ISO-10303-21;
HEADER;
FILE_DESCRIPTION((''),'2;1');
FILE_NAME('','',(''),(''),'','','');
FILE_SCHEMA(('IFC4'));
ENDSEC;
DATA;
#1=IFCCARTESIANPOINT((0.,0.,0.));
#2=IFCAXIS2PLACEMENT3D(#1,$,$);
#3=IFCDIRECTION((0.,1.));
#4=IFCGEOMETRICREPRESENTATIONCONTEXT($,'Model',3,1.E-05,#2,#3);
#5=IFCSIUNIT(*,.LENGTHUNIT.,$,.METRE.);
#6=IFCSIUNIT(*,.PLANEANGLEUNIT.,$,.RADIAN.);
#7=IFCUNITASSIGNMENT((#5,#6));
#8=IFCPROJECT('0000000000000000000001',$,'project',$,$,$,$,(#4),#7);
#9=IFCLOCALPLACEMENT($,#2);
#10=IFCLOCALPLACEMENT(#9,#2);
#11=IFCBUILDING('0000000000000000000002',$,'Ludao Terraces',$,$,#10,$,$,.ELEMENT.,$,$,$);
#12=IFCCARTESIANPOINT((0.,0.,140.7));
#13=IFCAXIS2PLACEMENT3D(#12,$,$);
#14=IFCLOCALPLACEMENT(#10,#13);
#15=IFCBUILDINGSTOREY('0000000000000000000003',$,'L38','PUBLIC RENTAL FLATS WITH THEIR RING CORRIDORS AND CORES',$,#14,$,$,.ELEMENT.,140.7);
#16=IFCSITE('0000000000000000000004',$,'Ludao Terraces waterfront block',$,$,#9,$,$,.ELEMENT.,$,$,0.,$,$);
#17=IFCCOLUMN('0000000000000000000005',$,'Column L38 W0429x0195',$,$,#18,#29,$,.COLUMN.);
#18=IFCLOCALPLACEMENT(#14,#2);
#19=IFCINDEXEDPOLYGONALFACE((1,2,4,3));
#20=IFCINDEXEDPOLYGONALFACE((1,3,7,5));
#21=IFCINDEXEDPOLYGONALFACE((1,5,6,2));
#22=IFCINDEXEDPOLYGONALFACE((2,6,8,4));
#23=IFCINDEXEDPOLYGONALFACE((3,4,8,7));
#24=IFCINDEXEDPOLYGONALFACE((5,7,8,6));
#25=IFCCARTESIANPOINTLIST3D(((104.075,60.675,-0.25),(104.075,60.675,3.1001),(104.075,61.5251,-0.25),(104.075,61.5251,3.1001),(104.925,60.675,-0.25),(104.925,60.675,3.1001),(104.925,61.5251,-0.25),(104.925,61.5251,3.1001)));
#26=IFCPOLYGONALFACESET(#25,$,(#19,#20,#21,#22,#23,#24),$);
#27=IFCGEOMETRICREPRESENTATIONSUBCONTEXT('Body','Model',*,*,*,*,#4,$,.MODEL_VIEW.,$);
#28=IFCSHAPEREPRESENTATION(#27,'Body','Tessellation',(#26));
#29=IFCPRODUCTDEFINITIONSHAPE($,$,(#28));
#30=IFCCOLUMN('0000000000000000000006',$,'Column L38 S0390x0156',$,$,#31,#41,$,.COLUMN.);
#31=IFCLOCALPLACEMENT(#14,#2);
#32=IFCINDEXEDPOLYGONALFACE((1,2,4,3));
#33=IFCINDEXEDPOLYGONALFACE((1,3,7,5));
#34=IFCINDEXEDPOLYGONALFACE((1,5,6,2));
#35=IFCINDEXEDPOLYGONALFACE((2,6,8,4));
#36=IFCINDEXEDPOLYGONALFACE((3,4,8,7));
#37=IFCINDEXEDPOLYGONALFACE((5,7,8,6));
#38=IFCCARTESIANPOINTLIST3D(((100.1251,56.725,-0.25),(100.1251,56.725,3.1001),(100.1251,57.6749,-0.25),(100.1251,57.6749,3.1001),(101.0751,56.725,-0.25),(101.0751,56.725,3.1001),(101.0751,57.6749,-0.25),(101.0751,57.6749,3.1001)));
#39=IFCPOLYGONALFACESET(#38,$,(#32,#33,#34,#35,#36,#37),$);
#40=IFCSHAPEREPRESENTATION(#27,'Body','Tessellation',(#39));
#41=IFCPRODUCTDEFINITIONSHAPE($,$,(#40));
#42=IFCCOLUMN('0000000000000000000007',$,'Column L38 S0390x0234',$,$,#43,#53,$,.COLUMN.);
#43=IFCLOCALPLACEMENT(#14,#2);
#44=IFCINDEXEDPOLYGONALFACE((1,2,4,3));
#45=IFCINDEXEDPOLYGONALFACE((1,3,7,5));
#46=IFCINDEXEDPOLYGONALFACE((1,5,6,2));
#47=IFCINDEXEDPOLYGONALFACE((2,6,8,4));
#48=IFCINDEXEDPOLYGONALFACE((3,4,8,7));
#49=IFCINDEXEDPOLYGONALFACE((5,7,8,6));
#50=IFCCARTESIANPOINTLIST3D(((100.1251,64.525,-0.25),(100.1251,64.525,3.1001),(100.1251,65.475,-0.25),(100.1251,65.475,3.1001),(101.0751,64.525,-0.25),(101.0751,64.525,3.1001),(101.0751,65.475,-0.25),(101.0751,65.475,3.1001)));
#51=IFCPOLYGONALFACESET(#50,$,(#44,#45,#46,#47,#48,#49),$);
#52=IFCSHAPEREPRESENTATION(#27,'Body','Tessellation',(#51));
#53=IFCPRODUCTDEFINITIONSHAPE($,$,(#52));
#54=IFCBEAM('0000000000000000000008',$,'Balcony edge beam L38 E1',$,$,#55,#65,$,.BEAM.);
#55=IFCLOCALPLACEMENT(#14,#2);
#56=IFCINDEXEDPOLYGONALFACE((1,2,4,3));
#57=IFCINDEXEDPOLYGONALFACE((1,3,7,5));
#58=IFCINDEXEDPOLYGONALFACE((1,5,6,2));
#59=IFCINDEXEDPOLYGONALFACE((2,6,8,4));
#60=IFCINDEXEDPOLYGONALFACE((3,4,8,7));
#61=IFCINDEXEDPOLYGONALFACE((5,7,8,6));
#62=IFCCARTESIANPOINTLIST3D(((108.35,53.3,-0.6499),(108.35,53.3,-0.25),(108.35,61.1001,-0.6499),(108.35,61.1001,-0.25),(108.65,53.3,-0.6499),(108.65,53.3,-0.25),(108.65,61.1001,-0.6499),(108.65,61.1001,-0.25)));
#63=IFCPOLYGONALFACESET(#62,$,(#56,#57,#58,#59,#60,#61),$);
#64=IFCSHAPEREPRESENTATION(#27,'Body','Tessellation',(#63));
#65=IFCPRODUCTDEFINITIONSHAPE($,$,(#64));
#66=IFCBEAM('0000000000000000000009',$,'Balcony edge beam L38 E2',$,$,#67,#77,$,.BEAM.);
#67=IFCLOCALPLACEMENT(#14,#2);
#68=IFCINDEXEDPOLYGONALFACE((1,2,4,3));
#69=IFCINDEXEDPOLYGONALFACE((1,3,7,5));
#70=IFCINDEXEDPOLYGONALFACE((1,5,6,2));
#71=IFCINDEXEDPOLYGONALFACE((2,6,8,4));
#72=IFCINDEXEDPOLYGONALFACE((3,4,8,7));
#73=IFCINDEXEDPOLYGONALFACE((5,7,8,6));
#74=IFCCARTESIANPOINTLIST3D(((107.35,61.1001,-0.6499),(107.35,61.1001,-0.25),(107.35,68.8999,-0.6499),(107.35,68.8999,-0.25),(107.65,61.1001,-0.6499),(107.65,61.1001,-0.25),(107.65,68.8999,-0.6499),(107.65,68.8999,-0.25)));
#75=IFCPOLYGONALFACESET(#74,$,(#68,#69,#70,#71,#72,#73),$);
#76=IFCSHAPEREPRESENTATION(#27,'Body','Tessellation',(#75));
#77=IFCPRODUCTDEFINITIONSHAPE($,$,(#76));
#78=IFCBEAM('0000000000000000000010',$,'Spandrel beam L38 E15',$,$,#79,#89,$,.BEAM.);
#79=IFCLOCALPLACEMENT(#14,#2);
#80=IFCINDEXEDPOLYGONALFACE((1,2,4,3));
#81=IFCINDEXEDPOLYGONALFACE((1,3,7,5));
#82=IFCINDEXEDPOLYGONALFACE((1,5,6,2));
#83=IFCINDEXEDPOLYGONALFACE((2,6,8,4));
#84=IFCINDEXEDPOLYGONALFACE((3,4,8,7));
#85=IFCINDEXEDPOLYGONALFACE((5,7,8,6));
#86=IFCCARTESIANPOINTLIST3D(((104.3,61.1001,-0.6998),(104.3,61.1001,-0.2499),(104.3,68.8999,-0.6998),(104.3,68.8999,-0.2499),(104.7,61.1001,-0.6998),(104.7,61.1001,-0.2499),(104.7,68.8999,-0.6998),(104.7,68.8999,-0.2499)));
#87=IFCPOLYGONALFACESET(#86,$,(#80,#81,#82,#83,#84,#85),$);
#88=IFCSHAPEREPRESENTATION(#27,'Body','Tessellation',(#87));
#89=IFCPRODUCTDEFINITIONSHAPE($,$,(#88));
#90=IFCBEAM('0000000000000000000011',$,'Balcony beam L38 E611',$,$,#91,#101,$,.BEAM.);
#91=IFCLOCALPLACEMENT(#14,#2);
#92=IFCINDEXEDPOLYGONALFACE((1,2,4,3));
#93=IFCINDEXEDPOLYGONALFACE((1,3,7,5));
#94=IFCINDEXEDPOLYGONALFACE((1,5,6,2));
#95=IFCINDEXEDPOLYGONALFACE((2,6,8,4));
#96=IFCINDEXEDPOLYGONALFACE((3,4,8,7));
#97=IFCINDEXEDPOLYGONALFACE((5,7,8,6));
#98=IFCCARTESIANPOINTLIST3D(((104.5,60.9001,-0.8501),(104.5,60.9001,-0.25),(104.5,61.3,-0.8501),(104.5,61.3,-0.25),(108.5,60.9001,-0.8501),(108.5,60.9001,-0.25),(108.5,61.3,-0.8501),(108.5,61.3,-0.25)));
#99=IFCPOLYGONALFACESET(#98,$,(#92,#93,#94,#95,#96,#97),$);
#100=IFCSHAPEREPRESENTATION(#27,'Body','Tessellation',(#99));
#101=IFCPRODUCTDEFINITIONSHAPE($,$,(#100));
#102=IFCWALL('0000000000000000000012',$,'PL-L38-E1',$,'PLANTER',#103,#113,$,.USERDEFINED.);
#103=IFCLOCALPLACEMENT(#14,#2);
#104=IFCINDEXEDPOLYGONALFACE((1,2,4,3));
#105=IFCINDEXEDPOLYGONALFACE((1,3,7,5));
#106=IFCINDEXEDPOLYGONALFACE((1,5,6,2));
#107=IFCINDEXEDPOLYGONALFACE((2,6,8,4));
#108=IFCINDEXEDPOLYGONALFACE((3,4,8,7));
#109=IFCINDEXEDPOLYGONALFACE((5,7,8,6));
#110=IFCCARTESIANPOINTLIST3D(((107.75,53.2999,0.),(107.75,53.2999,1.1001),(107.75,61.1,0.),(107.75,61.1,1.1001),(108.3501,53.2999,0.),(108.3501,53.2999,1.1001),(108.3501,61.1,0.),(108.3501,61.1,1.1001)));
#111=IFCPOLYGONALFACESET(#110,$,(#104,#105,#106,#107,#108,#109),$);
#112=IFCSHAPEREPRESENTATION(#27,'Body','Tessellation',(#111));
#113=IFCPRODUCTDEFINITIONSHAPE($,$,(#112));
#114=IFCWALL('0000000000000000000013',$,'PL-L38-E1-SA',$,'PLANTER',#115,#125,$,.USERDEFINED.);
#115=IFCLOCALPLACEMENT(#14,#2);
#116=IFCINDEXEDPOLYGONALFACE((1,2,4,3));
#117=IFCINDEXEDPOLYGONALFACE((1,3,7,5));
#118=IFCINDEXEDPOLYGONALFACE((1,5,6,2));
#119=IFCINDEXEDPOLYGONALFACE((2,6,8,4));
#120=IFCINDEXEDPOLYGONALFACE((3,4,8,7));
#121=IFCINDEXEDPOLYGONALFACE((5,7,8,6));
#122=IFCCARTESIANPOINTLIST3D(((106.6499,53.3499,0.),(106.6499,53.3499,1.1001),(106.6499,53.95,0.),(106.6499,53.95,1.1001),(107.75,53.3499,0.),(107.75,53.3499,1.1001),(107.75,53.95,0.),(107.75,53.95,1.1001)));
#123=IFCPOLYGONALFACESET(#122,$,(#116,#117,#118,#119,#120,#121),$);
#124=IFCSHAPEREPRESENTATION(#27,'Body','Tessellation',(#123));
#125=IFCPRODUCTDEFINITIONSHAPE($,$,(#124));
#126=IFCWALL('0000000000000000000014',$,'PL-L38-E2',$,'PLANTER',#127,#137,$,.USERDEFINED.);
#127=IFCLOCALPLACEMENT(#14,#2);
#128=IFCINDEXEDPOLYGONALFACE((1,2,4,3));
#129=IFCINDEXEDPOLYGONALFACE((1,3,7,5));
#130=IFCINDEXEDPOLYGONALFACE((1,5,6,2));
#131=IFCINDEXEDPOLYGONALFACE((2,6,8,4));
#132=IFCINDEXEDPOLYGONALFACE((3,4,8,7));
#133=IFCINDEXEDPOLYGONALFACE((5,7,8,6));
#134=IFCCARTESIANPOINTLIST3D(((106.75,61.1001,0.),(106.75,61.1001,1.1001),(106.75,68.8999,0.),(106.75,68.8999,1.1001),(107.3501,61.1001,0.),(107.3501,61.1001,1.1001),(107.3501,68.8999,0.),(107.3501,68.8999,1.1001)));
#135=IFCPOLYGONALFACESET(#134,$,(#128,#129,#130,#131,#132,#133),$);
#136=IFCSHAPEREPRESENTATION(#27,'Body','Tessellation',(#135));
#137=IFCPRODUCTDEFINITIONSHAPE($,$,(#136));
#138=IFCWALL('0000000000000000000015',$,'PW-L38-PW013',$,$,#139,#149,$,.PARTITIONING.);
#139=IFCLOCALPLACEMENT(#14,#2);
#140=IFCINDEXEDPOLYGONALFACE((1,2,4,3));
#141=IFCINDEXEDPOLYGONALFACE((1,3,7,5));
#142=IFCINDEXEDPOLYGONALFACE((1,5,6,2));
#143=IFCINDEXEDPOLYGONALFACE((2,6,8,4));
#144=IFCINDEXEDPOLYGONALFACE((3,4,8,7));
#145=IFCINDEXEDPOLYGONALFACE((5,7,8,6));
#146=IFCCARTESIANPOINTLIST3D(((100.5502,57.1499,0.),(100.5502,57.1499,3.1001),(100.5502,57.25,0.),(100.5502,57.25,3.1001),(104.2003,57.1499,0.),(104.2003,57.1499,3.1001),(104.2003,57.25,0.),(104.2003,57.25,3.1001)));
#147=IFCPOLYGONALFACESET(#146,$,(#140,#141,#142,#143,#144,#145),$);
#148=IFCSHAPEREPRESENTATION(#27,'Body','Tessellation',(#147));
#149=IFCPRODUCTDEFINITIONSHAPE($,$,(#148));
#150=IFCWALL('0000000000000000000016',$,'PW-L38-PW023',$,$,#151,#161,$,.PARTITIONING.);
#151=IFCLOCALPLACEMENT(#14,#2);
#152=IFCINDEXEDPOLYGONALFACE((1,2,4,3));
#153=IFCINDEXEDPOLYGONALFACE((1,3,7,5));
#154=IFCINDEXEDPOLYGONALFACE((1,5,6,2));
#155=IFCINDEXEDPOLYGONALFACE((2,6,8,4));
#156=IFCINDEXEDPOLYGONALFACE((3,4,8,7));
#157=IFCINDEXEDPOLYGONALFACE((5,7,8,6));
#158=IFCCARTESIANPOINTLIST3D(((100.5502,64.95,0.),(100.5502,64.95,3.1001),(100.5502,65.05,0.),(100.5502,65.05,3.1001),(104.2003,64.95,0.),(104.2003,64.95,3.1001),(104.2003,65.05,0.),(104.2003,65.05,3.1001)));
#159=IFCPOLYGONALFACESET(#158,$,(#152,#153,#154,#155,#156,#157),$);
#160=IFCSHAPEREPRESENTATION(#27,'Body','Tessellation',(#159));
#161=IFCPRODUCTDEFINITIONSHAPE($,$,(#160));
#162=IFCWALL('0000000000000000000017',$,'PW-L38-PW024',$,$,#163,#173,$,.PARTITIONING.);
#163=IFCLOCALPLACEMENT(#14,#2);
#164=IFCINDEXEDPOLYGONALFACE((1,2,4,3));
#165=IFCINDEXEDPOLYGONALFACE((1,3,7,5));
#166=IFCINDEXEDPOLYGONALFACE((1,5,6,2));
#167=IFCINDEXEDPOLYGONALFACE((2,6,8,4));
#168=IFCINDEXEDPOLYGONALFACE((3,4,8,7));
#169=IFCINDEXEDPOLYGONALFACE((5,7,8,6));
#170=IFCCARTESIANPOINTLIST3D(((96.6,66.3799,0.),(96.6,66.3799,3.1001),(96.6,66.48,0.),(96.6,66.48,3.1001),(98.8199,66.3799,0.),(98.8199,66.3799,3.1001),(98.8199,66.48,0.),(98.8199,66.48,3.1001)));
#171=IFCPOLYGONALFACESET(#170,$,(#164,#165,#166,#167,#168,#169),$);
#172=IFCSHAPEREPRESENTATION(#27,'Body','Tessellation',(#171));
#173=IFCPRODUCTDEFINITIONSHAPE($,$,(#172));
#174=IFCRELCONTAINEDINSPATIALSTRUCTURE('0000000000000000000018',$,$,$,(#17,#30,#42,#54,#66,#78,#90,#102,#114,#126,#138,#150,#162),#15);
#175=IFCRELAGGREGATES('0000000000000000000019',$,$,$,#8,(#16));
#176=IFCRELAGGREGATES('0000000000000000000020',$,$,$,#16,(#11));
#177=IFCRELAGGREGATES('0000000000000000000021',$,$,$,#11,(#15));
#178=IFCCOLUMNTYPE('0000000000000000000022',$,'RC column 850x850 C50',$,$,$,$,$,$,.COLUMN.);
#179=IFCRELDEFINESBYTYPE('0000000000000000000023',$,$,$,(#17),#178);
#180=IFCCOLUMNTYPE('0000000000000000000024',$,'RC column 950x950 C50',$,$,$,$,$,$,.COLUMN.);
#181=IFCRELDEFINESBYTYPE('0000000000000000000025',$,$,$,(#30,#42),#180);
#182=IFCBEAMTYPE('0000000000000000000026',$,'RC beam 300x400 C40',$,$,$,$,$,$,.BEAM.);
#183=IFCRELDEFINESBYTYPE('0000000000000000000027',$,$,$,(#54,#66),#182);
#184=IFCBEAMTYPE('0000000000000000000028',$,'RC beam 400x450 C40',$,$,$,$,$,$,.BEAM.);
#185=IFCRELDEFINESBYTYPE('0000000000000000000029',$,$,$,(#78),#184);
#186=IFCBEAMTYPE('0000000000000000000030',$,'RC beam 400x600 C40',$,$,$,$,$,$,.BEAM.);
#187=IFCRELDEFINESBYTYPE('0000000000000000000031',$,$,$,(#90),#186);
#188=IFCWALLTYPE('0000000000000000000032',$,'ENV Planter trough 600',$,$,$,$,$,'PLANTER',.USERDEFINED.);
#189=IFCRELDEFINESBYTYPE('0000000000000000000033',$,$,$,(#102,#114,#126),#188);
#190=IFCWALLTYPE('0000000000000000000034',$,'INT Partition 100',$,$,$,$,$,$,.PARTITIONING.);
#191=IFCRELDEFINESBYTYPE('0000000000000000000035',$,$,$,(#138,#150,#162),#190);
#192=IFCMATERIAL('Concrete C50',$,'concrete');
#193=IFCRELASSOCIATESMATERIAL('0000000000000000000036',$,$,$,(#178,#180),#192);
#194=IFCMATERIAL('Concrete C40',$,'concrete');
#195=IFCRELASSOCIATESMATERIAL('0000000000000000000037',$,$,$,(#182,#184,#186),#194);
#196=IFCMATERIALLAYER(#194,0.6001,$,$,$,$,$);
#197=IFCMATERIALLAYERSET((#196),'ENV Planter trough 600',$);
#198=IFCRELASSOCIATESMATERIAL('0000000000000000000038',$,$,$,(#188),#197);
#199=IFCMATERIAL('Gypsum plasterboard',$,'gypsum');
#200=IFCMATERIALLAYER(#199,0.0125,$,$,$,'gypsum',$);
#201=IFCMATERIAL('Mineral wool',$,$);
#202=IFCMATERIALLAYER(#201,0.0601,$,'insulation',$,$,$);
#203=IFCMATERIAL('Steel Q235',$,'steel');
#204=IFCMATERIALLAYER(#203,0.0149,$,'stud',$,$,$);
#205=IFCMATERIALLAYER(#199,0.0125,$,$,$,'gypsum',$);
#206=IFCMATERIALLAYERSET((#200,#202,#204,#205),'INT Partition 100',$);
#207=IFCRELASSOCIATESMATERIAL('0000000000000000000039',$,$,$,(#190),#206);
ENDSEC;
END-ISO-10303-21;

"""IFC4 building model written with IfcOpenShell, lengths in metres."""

from ifc_helpers import new_model, si_unit, direction, frame, frame_2d, origin, origin_2d, place, context, subcontext, project, spatial, rectangle, extrude, material, layer, layer_set, material_profile, profile_set, type_object, element, save


model = new_model("IFC4")

# Units and contexts
model_context = context("Model", 3, precision=1e-05, world=origin(), true_north=direction((0.0, 1.0)))
body_context = subcontext(model_context, "Body", "Model", "MODEL_VIEW")
ifc_project = project(units=[si_unit("LENGTHUNIT", "METRE"), si_unit("PLANEANGLEUNIT", "RADIAN")], contexts=[model_context])

# Site, building, storey
site_placement = place(None, origin())
site = spatial("IfcSite", under=ifc_project, at=site_placement, Name="Ludao Terraces waterfront block", CompositionType="ELEMENT", RefElevation=0.0)
building_placement = place(site_placement, origin())
building = spatial("IfcBuilding", under=site, at=building_placement, Name="Ludao Terraces", CompositionType="ELEMENT")
storey_placement = place(building_placement, frame((0.0, 0.0, 140.7)))
storey = spatial("IfcBuildingStorey", under=building, at=storey_placement, Name="L38", Description="PUBLIC RENTAL FLATS WITH THEIR RING CORRIDORS AND CORES", CompositionType="ELEMENT", Elevation=140.7)

# Columns
ifc_material_1 = material(Name="Concrete C50", Category="concrete")
ifc_material_profile_1 = material_profile(ifc_material_1, rectangle(XDim=0.8501, YDim=0.8501, at=origin_2d()), Name="850 X 850")
ifc_profile_set_1 = profile_set([ifc_material_profile_1], Name="Concrete C50")
column_type_1 = type_object("IfcColumnType", Name="RC column 850x850 C50", PredefinedType="COLUMN", material=ifc_profile_set_1)
column_placement = place(storey_placement, frame((104.5, 61.1001, -0.25), z_axis=(0.0, 0.0, 1.0), x_axis=(1.0, 0.0, 0.0)))
element("IfcColumn", 1, at=column_placement, inside=storey, type_object=column_type_1, Name="Column L38 W0429x0195", PredefinedType="COLUMN", context=body_context, shape_type="SweptSolid", body=[
    extrude(rectangle(XDim=0.8501, YDim=0.8501, at=origin_2d()), origin(), (0.0, 0.0, 1.0), 3.3501),
])
ifc_material_profile_2 = material_profile(ifc_material_1, rectangle(XDim=0.95, YDim=0.95, at=origin_2d()), Name="950 X 950")
ifc_profile_set_2 = profile_set([ifc_material_profile_2], Name="Concrete C50")
column_type_2 = type_object("IfcColumnType", Name="RC column 950x950 C50", PredefinedType="COLUMN", material=ifc_profile_set_2)
for number, where, z_axis, x_axis, name in (
    (2, (100.6001, 57.2, -0.25), (0.0, 0.0, 1.0), (1.0, 0.0, 0.0), "Column L38 S0390x0156"),
    (3, (100.6001, 65.0, -0.25), (0.0, 0.0, 1.0), (1.0, 0.0, 0.0), "Column L38 S0390x0234"),
):
    element("IfcColumn", number, at=place(storey_placement, frame(where, z_axis=z_axis, x_axis=x_axis)), inside=storey, type_object=column_type_2, Name=name, PredefinedType="COLUMN", context=body_context, shape_type="SweptSolid", body=[
        extrude(rectangle(XDim=0.95, YDim=0.95, at=origin_2d()), origin(), (0.0, 0.0, 1.0), 3.3501),
    ])

# Beams
ifc_material_2 = material(Name="Concrete C40", Category="concrete")
ifc_material_profile_3 = material_profile(ifc_material_2, rectangle(XDim=0.3, YDim=0.3999, at=origin_2d()), Name="300 X 400")
ifc_profile_set_3 = profile_set([ifc_material_profile_3], Name="Concrete C40")
beam_type_1 = type_object("IfcBeamType", Name="RC beam 300x400 C40", PredefinedType="BEAM", material=ifc_profile_set_3)
beam_1_placement = place(storey_placement, frame((108.5, 53.3, -0.45), z_axis=(0.0, 1.0, 0.0), x_axis=(-1.0, 0.0, 0.0)))
element("IfcBeam", 4, at=beam_1_placement, inside=storey, type_object=beam_type_1, Name="Balcony edge beam L38 E1", PredefinedType="BEAM", context=body_context, shape_type="SweptSolid", body=[
    extrude(rectangle(XDim=0.3, YDim=0.3999, at=origin_2d()), origin(), (0.0, 0.0, 1.0), 7.8),
])
beam_2_placement = place(storey_placement, frame((107.5, 61.1001, -0.45), z_axis=(0.0, 1.0, 0.0), x_axis=(-1.0, 0.0, 0.0)))
element("IfcBeam", 5, at=beam_2_placement, inside=storey, type_object=beam_type_1, Name="Balcony edge beam L38 E2", PredefinedType="BEAM", context=body_context, shape_type="SweptSolid", body=[
    extrude(rectangle(XDim=0.3, YDim=0.3999, at=origin_2d()), origin(), (0.0, 0.0, 1.0), 7.7998),
])
ifc_material_profile_4 = material_profile(ifc_material_2, rectangle(XDim=0.3999, YDim=0.45, at=origin_2d()), Name="400 X 450")
ifc_profile_set_4 = profile_set([ifc_material_profile_4], Name="Concrete C40")
beam_type_2 = type_object("IfcBeamType", Name="RC beam 400x450 C40", PredefinedType="BEAM", material=ifc_profile_set_4)
beam_3_placement = place(storey_placement, frame((104.5, 61.1001, -0.4749), z_axis=(0.0, 1.0, 0.0), x_axis=(-1.0, 0.0, 0.0)))
element("IfcBeam", 6, at=beam_3_placement, inside=storey, type_object=beam_type_2, Name="Spandrel beam L38 E15", PredefinedType="BEAM", context=body_context, shape_type="SweptSolid", body=[
    extrude(rectangle(XDim=0.3999, YDim=0.45, at=origin_2d()), origin(), (0.0, 0.0, 1.0), 7.7998),
])
ifc_material_profile_5 = material_profile(ifc_material_2, rectangle(XDim=0.3999, YDim=0.6001, at=origin_2d()), Name="400 X 600")
ifc_profile_set_5 = profile_set([ifc_material_profile_5], Name="Concrete C40")
beam_type_3 = type_object("IfcBeamType", Name="RC beam 400x600 C40", PredefinedType="BEAM", material=ifc_profile_set_5)
beam_4_placement = place(storey_placement, frame((104.5, 61.1001, -0.55), z_axis=(1.0, 0.0, 0.0), x_axis=(0.0, 1.0, 0.0)))
element("IfcBeam", 7, at=beam_4_placement, inside=storey, type_object=beam_type_3, Name="Balcony beam L38 E611", PredefinedType="BEAM", context=body_context, shape_type="SweptSolid", body=[
    extrude(rectangle(XDim=0.3999, YDim=0.6001, at=origin_2d()), origin(), (0.0, 0.0, 1.0), 4.0),
])

# Walls
ifc_layer_1 = layer(ifc_material_2, 0.6001)
ifc_layer_set_1 = layer_set([ifc_layer_1], Name="ENV Planter trough 600")
wall_type_1 = type_object("IfcWallType", Name="ENV Planter trough 600", ElementType="PLANTER", PredefinedType="USERDEFINED", material=ifc_layer_set_1)
wall_1_placement = place(storey_placement, frame((108.05, 53.3, 0.0), z_axis=(0.0, 0.0, 1.0), x_axis=(0.0, 1.0, 0.0)))
element("IfcWall", 8, at=wall_1_placement, inside=storey, type_object=wall_type_1, Name="PL-L38-E1", ObjectType="PLANTER", PredefinedType="USERDEFINED", context=body_context, shape_type="SweptSolid", body=[
    extrude(rectangle(XDim=7.8, YDim=0.6001, at=frame_2d((3.8999, 0.0))), origin(), (0.0, 0.0, 1.0), 1.1001),
])
wall_2_placement = place(storey_placement, frame((107.75, 53.6499, 0.0), z_axis=(0.0, 0.0, 1.0), x_axis=(-1.0, 0.0, 0.0)))
element("IfcWall", 9, at=wall_2_placement, inside=storey, type_object=wall_type_1, Name="PL-L38-E1-SA", ObjectType="PLANTER", PredefinedType="USERDEFINED", context=body_context, shape_type="SweptSolid", body=[
    extrude(rectangle(XDim=1.1001, YDim=0.6001, at=frame_2d((0.55, 0.0))), origin(), (0.0, 0.0, 1.0), 1.1001),
])
wall_3_placement = place(storey_placement, frame((107.05, 61.1001, 0.0), z_axis=(0.0, 0.0, 1.0), x_axis=(0.0, 1.0, 0.0)))
element("IfcWall", 10, at=wall_3_placement, inside=storey, type_object=wall_type_1, Name="PL-L38-E2", ObjectType="PLANTER", PredefinedType="USERDEFINED", context=body_context, shape_type="SweptSolid", body=[
    extrude(rectangle(XDim=7.7998, YDim=0.6001, at=frame_2d((3.8999, 0.0))), origin(), (0.0, 0.0, 1.0), 1.1001),
])

# Shared definitions
ifc_material_3 = material(Name="Mineral wool")

# Walls
ifc_material_4 = material(Name="Gypsum plasterboard", Category="gypsum")
ifc_layer_2 = layer(ifc_material_4, 0.0125, Category="gypsum")
ifc_layer_3 = layer(ifc_material_3, 0.0601, Name="insulation")
ifc_material_5 = material(Name="Steel Q235", Category="steel")
ifc_layer_4 = layer(ifc_material_5, 0.0149, Name="stud")
ifc_layer_5 = layer(ifc_material_4, 0.0125, Category="gypsum")
ifc_layer_set_2 = layer_set([ifc_layer_2, ifc_layer_3, ifc_layer_4, ifc_layer_5], Name="INT Partition 100")
wall_type_2 = type_object("IfcWallType", Name="INT Partition 100", PredefinedType="PARTITIONING", material=ifc_layer_set_2)
for number, where, z_axis, x_axis, name in (
    (11, (100.55, 57.2, 0.0), (0.0, 0.0, 1.0), (1.0, 0.0, 0.0), "PW-L38-PW013"),
    (12, (100.55, 65.0, 0.0), (0.0, 0.0, 1.0), (1.0, 0.0, 0.0), "PW-L38-PW023"),
):
    element("IfcWall", number, at=place(storey_placement, frame(where, z_axis=z_axis, x_axis=x_axis)), inside=storey, type_object=wall_type_2, Name=name, PredefinedType="PARTITIONING", context=body_context, shape_type="SweptSolid", body=[
        extrude(rectangle(XDim=3.6501, YDim=0.1001, at=frame_2d((1.8252, 0.0))), origin(), (0.0, 0.0, 1.0), 3.1001),
    ])
wall_4_placement = place(storey_placement, frame((96.6001, 66.4299, 0.0), z_axis=(0.0, 0.0, 1.0), x_axis=(1.0, 0.0, 0.0)))
element("IfcWall", 13, at=wall_4_placement, inside=storey, type_object=wall_type_2, Name="PW-L38-PW024", PredefinedType="PARTITIONING", context=body_context, shape_type="SweptSolid", body=[
    extrude(rectangle(XDim=2.22, YDim=0.1001, at=frame_2d((1.1099, 0.0))), origin(), (0.0, 0.0, 1.0), 3.1001),
])

save(model, "model.ifc")
